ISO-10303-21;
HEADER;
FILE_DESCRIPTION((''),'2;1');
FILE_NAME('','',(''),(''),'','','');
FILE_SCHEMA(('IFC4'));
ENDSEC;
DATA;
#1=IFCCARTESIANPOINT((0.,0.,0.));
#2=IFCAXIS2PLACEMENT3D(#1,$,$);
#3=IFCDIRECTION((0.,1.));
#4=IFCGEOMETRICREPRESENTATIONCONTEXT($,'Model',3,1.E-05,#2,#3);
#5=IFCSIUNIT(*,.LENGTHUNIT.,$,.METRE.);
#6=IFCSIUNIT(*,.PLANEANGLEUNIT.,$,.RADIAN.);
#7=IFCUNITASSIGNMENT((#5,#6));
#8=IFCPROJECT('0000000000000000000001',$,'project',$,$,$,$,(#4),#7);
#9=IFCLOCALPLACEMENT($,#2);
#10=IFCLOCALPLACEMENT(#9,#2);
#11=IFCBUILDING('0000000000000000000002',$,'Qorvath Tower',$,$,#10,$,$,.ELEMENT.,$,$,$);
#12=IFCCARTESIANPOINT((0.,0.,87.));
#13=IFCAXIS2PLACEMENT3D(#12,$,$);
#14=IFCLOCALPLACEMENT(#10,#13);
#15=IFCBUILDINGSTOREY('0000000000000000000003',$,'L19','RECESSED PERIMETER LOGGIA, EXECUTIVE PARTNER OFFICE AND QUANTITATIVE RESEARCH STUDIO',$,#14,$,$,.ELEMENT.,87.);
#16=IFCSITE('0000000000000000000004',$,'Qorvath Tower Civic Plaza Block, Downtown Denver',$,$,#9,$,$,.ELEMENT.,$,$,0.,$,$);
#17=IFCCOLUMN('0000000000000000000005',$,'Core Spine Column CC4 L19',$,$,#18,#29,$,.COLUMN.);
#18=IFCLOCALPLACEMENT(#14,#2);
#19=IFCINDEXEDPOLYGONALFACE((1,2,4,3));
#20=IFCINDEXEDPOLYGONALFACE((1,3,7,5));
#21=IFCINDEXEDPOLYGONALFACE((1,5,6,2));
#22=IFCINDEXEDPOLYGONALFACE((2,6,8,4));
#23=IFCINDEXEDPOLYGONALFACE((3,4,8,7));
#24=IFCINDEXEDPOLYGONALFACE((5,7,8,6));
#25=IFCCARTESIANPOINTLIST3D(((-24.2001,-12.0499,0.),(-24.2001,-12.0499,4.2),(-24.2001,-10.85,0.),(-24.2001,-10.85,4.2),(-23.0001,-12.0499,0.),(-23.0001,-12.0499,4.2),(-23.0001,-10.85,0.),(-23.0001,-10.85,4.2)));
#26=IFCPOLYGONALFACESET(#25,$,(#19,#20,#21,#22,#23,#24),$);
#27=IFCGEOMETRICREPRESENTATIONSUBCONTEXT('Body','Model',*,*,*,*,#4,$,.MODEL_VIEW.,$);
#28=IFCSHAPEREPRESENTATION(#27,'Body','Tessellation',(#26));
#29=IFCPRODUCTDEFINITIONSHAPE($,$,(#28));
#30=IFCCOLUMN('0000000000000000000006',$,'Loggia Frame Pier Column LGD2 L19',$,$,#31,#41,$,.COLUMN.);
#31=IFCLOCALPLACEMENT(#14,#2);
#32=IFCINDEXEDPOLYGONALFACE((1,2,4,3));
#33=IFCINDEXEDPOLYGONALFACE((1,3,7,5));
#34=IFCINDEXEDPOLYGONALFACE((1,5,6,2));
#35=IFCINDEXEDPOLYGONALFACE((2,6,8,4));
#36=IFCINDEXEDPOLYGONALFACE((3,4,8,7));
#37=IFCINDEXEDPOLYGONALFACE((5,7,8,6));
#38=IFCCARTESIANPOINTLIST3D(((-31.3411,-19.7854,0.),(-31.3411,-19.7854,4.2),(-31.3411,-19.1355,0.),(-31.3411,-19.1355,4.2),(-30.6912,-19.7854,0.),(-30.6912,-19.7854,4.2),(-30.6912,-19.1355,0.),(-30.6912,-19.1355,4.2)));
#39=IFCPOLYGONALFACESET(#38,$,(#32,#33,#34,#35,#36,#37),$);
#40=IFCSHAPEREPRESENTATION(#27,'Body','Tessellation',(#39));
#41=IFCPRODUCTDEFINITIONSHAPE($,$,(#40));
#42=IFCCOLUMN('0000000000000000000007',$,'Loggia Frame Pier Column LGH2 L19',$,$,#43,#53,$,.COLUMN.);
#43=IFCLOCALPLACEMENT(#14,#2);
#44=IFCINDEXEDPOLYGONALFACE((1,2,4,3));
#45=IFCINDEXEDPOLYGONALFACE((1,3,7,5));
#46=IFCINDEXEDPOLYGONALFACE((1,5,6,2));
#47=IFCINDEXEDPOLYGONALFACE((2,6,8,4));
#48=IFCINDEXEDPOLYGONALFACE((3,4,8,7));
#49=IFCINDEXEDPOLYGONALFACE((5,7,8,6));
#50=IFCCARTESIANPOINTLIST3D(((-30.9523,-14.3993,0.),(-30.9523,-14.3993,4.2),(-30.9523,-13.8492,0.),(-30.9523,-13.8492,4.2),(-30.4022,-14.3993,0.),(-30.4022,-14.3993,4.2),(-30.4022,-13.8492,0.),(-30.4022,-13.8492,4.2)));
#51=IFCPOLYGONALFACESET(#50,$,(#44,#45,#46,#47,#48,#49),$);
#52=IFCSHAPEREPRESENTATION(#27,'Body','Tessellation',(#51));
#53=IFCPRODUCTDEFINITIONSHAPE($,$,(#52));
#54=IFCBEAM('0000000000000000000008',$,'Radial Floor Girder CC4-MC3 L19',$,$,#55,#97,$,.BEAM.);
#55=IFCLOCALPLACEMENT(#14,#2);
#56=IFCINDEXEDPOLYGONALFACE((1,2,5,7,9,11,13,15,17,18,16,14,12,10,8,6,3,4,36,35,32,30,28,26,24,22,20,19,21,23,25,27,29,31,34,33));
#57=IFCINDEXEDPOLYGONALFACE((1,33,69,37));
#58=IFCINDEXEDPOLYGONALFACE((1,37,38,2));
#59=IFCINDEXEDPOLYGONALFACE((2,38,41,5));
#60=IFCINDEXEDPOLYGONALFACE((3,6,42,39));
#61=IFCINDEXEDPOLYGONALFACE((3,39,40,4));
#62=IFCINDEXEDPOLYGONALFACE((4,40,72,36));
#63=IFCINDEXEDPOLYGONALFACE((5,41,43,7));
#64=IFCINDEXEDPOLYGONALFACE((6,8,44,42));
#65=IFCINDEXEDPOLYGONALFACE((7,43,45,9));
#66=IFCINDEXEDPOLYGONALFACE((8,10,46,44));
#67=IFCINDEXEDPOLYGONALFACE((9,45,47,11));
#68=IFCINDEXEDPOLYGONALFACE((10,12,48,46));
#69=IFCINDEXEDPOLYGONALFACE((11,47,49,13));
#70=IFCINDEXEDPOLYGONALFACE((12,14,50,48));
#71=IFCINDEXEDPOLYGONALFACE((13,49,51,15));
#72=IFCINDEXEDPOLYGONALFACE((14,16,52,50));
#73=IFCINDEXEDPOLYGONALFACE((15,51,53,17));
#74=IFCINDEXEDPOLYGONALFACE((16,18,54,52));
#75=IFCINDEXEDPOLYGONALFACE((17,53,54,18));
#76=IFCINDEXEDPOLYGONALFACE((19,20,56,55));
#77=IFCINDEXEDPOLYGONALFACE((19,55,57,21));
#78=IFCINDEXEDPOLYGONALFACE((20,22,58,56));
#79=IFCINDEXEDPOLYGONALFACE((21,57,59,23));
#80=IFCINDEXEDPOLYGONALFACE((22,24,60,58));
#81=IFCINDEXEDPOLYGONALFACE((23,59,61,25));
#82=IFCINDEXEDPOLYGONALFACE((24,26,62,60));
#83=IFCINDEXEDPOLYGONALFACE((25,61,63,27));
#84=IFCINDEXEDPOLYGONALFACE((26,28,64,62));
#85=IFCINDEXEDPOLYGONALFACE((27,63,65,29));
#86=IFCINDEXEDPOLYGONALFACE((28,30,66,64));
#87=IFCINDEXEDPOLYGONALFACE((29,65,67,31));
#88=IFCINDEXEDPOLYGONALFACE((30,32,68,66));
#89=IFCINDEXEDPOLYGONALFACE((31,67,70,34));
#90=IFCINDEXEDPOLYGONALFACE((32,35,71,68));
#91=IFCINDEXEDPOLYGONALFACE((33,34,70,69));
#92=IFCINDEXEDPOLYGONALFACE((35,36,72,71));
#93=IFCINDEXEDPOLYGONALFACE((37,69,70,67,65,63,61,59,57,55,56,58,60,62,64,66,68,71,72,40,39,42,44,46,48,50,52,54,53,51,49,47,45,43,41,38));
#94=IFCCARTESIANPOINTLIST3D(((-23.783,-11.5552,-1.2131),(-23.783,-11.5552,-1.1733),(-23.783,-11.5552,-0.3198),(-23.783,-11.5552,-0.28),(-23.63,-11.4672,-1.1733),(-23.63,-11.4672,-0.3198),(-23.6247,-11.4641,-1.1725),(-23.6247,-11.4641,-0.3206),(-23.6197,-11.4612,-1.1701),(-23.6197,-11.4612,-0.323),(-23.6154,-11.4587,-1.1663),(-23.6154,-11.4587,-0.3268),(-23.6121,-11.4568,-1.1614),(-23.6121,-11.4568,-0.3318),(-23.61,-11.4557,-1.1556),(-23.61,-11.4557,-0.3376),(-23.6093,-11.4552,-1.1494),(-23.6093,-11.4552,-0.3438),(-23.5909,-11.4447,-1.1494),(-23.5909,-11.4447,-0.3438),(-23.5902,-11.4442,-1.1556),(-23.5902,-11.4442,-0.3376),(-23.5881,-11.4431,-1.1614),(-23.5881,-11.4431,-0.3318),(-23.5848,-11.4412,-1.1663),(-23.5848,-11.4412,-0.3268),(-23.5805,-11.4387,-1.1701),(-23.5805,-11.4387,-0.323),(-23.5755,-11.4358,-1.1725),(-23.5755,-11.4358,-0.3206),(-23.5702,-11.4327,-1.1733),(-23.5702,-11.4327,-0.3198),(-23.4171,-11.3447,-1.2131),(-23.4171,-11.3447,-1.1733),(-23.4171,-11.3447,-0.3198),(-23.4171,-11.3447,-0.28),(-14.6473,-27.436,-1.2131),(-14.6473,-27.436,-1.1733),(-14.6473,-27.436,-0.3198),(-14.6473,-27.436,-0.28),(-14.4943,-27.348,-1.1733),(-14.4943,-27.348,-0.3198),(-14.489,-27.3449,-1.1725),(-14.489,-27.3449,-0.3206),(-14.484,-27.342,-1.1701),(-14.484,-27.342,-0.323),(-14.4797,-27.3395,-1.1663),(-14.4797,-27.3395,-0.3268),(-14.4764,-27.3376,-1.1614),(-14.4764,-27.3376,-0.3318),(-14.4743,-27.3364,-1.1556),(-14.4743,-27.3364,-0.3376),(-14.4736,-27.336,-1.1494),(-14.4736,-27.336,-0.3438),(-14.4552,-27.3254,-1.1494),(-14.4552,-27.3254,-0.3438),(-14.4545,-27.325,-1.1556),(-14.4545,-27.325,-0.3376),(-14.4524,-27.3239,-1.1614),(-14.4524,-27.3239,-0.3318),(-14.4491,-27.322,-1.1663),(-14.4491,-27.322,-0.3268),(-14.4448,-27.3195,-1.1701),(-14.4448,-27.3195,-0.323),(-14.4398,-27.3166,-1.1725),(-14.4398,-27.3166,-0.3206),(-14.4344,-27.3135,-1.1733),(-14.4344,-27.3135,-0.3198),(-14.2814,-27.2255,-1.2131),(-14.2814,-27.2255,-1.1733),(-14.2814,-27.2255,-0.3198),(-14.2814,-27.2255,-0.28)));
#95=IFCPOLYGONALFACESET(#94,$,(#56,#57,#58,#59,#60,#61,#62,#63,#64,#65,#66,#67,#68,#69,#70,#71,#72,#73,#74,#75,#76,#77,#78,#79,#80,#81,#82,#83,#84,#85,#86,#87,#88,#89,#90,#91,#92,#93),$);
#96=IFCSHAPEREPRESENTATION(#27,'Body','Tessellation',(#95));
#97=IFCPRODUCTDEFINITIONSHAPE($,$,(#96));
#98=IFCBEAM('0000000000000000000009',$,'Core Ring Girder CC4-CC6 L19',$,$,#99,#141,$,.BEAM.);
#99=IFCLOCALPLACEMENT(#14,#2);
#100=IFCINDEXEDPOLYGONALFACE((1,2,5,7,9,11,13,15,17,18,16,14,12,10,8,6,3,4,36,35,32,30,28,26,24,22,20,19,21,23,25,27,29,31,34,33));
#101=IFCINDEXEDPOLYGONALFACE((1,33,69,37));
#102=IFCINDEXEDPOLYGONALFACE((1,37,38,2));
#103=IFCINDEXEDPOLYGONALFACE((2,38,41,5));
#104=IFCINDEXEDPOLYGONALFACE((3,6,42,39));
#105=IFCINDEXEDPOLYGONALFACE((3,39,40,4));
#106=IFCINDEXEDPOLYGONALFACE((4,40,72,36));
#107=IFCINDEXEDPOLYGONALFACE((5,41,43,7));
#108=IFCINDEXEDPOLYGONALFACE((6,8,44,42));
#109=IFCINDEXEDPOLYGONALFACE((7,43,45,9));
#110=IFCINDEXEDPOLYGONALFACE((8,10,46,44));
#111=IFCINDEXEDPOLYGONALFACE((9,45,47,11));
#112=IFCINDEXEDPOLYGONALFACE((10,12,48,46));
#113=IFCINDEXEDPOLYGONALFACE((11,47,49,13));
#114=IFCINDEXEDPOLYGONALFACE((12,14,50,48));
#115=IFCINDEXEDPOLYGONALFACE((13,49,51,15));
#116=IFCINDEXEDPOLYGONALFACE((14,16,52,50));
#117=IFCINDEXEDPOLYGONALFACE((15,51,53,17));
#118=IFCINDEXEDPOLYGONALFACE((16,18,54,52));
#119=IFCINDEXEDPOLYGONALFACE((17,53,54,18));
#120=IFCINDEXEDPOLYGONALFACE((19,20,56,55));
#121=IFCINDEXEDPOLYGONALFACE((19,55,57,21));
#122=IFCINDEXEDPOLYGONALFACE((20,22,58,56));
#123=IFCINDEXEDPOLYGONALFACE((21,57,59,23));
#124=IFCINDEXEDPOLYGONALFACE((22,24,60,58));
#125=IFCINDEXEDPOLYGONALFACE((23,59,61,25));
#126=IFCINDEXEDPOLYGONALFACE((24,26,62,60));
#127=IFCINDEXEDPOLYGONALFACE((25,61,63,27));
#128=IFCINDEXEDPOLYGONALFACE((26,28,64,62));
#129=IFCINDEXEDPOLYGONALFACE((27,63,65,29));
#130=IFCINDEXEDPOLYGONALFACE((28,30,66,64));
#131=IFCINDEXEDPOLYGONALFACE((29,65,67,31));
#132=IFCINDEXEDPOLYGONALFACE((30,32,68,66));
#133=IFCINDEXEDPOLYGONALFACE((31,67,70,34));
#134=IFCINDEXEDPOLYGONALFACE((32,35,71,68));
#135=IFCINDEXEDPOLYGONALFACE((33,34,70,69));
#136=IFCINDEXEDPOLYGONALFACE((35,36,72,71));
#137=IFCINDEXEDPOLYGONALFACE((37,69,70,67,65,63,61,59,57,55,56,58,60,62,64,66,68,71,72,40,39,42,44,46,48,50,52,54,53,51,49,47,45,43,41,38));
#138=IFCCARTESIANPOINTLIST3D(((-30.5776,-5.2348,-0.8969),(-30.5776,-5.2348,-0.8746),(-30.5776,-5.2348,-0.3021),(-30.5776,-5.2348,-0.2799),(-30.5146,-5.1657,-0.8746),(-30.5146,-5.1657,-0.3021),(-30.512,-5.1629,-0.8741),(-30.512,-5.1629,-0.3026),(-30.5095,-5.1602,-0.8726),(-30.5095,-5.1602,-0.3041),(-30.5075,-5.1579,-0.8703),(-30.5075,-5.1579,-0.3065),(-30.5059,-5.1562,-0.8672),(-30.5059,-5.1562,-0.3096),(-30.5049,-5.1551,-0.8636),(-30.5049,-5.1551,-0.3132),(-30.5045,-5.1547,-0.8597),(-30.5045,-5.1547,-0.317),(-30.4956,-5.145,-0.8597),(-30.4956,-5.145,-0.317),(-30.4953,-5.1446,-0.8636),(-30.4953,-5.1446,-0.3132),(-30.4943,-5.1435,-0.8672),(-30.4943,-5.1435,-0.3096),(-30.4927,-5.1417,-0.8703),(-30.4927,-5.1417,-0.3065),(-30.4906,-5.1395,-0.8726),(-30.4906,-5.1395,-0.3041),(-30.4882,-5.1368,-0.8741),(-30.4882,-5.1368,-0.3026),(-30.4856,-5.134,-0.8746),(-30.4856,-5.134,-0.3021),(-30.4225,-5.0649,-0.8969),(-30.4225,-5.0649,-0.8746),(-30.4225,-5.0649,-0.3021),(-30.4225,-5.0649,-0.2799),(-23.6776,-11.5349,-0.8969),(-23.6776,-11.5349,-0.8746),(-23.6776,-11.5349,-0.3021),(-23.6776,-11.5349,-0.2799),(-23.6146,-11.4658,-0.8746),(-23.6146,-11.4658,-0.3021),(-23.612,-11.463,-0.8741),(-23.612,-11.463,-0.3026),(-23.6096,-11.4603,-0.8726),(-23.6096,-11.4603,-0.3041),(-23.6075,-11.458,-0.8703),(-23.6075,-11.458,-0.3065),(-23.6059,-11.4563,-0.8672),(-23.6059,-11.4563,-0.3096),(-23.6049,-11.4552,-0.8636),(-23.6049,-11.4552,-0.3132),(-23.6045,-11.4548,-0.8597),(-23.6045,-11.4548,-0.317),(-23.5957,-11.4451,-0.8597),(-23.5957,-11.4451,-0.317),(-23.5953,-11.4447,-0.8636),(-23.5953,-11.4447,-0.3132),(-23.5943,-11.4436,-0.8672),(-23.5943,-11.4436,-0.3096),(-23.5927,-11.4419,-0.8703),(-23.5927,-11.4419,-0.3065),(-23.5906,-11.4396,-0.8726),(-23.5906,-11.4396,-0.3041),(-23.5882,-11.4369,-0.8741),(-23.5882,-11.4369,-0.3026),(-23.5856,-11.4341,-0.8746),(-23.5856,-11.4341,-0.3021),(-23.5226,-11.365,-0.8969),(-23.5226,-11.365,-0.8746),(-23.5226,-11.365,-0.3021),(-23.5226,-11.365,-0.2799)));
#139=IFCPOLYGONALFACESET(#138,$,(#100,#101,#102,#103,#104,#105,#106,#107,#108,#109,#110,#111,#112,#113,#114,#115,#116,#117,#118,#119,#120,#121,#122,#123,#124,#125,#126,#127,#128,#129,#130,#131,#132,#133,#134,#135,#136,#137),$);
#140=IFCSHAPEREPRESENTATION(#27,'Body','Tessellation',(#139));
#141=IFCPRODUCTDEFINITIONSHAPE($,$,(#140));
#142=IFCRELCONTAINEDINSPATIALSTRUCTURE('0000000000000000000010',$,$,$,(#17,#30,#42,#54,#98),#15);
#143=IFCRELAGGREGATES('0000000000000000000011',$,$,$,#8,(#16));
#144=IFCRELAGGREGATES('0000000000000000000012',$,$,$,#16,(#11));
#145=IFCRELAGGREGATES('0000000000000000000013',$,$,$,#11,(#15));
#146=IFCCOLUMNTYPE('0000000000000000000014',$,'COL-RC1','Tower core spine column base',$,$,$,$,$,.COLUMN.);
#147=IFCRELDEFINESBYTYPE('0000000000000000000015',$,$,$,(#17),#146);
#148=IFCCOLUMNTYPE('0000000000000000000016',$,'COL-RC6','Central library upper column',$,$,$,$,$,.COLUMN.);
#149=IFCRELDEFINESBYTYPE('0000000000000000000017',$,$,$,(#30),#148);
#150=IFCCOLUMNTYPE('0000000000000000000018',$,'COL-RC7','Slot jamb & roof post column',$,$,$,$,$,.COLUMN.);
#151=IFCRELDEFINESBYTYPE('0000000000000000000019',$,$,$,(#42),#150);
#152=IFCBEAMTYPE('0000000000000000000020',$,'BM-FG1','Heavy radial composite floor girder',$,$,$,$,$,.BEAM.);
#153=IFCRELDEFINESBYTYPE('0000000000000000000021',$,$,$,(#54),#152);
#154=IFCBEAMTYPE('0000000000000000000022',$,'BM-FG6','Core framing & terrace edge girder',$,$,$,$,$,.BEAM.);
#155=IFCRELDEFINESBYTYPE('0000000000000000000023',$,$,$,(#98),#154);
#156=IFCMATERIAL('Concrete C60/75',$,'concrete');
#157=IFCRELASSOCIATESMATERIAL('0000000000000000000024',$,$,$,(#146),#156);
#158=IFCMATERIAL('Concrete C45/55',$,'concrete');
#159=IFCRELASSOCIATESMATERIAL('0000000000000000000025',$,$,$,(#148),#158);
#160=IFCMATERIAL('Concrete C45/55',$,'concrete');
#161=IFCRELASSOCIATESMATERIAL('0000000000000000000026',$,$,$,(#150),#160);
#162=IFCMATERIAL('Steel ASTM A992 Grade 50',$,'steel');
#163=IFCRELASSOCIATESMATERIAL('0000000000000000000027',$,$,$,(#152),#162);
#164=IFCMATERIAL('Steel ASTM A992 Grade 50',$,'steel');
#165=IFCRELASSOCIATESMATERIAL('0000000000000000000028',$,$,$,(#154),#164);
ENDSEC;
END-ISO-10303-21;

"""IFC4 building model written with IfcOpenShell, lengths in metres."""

from ifc_helpers import new_model, si_unit, direction, frame, origin, origin_2d, place, context, subcontext, project, spatial, rectangle, i_section, extrude, material, material_profile, profile_set, type_object, element, save


model = new_model("IFC4")

# Units and contexts
model_context = context("Model", 3, precision=1e-05, world=origin(), true_north=direction((0.0, 1.0)))
body_context = subcontext(model_context, "Body", "Model", "MODEL_VIEW")
ifc_project = project(units=[si_unit("LENGTHUNIT", "METRE"), si_unit("PLANEANGLEUNIT", "RADIAN")], contexts=[model_context])

# Site, building, storey
site_placement = place(None, origin())
site = spatial("IfcSite", under=ifc_project, at=site_placement, Name="Qorvath Tower Civic Plaza Block, Downtown Denver", CompositionType="ELEMENT", RefElevation=0.0)
building_placement = place(site_placement, origin())
building = spatial("IfcBuilding", under=site, at=building_placement, Name="Qorvath Tower", CompositionType="ELEMENT")
storey_placement = place(building_placement, frame((0.0, 0.0, 87.0)))
storey = spatial("IfcBuildingStorey", under=building, at=storey_placement, Name="L19", Description="RECESSED PERIMETER LOGGIA, EXECUTIVE PARTNER OFFICE AND QUANTITATIVE RESEARCH STUDIO", CompositionType="ELEMENT", Elevation=87.0)

# Columns
ifc_material_1 = material(Name="Concrete C60/75", Category="concrete")
ifc_material_profile_1 = material_profile(ifc_material_1, rectangle(XDim=1.2, YDim=1.2, at=origin_2d()), Name="RC 1200x1200")
ifc_profile_set_1 = profile_set([ifc_material_profile_1], Name="Concrete C60/75")
column_type_1 = type_object("IfcColumnType", Name="COL-RC1", Description="Tower core spine column base", PredefinedType="COLUMN", material=ifc_profile_set_1)
column_1_placement = place(storey_placement, frame((-23.6001, -11.45, 0.0), z_axis=(0.0, 0.0, 1.0), x_axis=(1.0, 0.0, 0.0)))
element("IfcColumn", 1, at=column_1_placement, inside=storey, type_object=column_type_1, Name="Core Spine Column CC4 L19", PredefinedType="COLUMN", context=body_context, shape_type="SweptSolid", body=[
    extrude(rectangle(XDim=1.2, YDim=1.2, at=origin_2d()), origin(), (0.0, 0.0, 1.0), 4.2),
])
ifc_material_2 = material(Name="Concrete C45/55", Category="concrete")
ifc_material_profile_2 = material_profile(ifc_material_2, rectangle(XDim=0.6499, YDim=0.6499, at=origin_2d()), Name="RC 650x650")
ifc_profile_set_2 = profile_set([ifc_material_profile_2], Name="Concrete C45/55")
column_type_2 = type_object("IfcColumnType", Name="COL-RC6", Description="Central library upper column", PredefinedType="COLUMN", material=ifc_profile_set_2)
column_2_placement = place(storey_placement, frame((-31.0161, -19.4604, 0.0), z_axis=(0.0, 0.0, 1.0), x_axis=(1.0, 0.0, 0.0)))
element("IfcColumn", 2, at=column_2_placement, inside=storey, type_object=column_type_2, Name="Loggia Frame Pier Column LGD2 L19", PredefinedType="COLUMN", context=body_context, shape_type="SweptSolid", body=[
    extrude(rectangle(XDim=0.6499, YDim=0.6499, at=origin_2d()), origin(), (0.0, 0.0, 1.0), 4.2),
])
ifc_material_3 = material(Name="Concrete C45/55", Category="concrete")
ifc_material_profile_3 = material_profile(ifc_material_3, rectangle(XDim=0.55, YDim=0.55, at=origin_2d()), Name="RC 550x550")
ifc_profile_set_3 = profile_set([ifc_material_profile_3], Name="Concrete C45/55")
column_type_3 = type_object("IfcColumnType", Name="COL-RC7", Description="Slot jamb & roof post column", PredefinedType="COLUMN", material=ifc_profile_set_3)
column_3_placement = place(storey_placement, frame((-30.6772, -14.1243, 0.0), z_axis=(0.0, 0.0, 1.0), x_axis=(1.0, 0.0, 0.0)))
element("IfcColumn", 3, at=column_3_placement, inside=storey, type_object=column_type_3, Name="Loggia Frame Pier Column LGH2 L19", PredefinedType="COLUMN", context=body_context, shape_type="SweptSolid", body=[
    extrude(rectangle(XDim=0.55, YDim=0.55, at=origin_2d()), origin(), (0.0, 0.0, 1.0), 4.2),
])

# Beams
ifc_material_4 = material(Name="Steel ASTM A992 Grade 50", Category="steel")
ifc_material_profile_4 = material_profile(ifc_material_4, i_section(OverallWidth=0.4221, OverallDepth=0.9331, WebThickness=0.0212, FlangeThickness=0.0398, FilletRadius=0.0239, at=origin_2d()), Name="W36x262")
ifc_profile_set_4 = profile_set([ifc_material_profile_4], Name="Steel ASTM A992 Grade 50")
beam_type_1 = type_object("IfcBeamType", Name="BM-FG1", Description="Heavy radial composite floor girder", PredefinedType="BEAM", material=ifc_profile_set_4)
beam_1_placement = place(storey_placement, frame((-23.6001, -11.45, -0.7466), z_axis=(0.498645, -0.866806, 0.0), x_axis=(0.866806, 0.498645, 0.0)))
element("IfcBeam", 4, at=beam_1_placement, inside=storey, type_object=beam_type_1, Name="Radial Floor Girder CC4-MC3 L19", PredefinedType="BEAM", context=body_context, shape_type="SweptSolid", body=[
    extrude(i_section(OverallWidth=0.4221, OverallDepth=0.9331, WebThickness=0.0212, FlangeThickness=0.0398, FilletRadius=0.0239, at=origin_2d()), origin(), (0.0, 0.0, 1.0), 18.321),
])
ifc_material_5 = material(Name="Steel ASTM A992 Grade 50", Category="steel")
ifc_material_profile_5 = material_profile(ifc_material_5, i_section(OverallWidth=0.23, OverallDepth=0.6169, WebThickness=0.0132, FlangeThickness=0.0222, FilletRadius=0.0149, at=origin_2d()), Name="W24x94")
ifc_profile_set_5 = profile_set([ifc_material_profile_5], Name="Steel ASTM A992 Grade 50")
beam_type_2 = type_object("IfcBeamType", Name="BM-FG6", Description="Core framing & terrace edge girder", PredefinedType="BEAM", material=ifc_profile_set_5)
beam_2_placement = place(storey_placement, frame((-23.6001, -11.45, -0.5884), z_axis=(-0.738478, 0.674277, 0.0), x_axis=(-0.674277, -0.738478, 0.0)))
element("IfcBeam", 5, at=beam_2_placement, inside=storey, type_object=beam_type_2, Name="Core Ring Girder CC4-CC6 L19", PredefinedType="BEAM", context=body_context, shape_type="SweptSolid", body=[
    extrude(i_section(OverallWidth=0.23, OverallDepth=0.6169, WebThickness=0.0132, FlangeThickness=0.0222, FilletRadius=0.0149, at=origin_2d()), origin(), (0.0, 0.0, 1.0), 9.3435),
])

save(model, "model.ifc")
